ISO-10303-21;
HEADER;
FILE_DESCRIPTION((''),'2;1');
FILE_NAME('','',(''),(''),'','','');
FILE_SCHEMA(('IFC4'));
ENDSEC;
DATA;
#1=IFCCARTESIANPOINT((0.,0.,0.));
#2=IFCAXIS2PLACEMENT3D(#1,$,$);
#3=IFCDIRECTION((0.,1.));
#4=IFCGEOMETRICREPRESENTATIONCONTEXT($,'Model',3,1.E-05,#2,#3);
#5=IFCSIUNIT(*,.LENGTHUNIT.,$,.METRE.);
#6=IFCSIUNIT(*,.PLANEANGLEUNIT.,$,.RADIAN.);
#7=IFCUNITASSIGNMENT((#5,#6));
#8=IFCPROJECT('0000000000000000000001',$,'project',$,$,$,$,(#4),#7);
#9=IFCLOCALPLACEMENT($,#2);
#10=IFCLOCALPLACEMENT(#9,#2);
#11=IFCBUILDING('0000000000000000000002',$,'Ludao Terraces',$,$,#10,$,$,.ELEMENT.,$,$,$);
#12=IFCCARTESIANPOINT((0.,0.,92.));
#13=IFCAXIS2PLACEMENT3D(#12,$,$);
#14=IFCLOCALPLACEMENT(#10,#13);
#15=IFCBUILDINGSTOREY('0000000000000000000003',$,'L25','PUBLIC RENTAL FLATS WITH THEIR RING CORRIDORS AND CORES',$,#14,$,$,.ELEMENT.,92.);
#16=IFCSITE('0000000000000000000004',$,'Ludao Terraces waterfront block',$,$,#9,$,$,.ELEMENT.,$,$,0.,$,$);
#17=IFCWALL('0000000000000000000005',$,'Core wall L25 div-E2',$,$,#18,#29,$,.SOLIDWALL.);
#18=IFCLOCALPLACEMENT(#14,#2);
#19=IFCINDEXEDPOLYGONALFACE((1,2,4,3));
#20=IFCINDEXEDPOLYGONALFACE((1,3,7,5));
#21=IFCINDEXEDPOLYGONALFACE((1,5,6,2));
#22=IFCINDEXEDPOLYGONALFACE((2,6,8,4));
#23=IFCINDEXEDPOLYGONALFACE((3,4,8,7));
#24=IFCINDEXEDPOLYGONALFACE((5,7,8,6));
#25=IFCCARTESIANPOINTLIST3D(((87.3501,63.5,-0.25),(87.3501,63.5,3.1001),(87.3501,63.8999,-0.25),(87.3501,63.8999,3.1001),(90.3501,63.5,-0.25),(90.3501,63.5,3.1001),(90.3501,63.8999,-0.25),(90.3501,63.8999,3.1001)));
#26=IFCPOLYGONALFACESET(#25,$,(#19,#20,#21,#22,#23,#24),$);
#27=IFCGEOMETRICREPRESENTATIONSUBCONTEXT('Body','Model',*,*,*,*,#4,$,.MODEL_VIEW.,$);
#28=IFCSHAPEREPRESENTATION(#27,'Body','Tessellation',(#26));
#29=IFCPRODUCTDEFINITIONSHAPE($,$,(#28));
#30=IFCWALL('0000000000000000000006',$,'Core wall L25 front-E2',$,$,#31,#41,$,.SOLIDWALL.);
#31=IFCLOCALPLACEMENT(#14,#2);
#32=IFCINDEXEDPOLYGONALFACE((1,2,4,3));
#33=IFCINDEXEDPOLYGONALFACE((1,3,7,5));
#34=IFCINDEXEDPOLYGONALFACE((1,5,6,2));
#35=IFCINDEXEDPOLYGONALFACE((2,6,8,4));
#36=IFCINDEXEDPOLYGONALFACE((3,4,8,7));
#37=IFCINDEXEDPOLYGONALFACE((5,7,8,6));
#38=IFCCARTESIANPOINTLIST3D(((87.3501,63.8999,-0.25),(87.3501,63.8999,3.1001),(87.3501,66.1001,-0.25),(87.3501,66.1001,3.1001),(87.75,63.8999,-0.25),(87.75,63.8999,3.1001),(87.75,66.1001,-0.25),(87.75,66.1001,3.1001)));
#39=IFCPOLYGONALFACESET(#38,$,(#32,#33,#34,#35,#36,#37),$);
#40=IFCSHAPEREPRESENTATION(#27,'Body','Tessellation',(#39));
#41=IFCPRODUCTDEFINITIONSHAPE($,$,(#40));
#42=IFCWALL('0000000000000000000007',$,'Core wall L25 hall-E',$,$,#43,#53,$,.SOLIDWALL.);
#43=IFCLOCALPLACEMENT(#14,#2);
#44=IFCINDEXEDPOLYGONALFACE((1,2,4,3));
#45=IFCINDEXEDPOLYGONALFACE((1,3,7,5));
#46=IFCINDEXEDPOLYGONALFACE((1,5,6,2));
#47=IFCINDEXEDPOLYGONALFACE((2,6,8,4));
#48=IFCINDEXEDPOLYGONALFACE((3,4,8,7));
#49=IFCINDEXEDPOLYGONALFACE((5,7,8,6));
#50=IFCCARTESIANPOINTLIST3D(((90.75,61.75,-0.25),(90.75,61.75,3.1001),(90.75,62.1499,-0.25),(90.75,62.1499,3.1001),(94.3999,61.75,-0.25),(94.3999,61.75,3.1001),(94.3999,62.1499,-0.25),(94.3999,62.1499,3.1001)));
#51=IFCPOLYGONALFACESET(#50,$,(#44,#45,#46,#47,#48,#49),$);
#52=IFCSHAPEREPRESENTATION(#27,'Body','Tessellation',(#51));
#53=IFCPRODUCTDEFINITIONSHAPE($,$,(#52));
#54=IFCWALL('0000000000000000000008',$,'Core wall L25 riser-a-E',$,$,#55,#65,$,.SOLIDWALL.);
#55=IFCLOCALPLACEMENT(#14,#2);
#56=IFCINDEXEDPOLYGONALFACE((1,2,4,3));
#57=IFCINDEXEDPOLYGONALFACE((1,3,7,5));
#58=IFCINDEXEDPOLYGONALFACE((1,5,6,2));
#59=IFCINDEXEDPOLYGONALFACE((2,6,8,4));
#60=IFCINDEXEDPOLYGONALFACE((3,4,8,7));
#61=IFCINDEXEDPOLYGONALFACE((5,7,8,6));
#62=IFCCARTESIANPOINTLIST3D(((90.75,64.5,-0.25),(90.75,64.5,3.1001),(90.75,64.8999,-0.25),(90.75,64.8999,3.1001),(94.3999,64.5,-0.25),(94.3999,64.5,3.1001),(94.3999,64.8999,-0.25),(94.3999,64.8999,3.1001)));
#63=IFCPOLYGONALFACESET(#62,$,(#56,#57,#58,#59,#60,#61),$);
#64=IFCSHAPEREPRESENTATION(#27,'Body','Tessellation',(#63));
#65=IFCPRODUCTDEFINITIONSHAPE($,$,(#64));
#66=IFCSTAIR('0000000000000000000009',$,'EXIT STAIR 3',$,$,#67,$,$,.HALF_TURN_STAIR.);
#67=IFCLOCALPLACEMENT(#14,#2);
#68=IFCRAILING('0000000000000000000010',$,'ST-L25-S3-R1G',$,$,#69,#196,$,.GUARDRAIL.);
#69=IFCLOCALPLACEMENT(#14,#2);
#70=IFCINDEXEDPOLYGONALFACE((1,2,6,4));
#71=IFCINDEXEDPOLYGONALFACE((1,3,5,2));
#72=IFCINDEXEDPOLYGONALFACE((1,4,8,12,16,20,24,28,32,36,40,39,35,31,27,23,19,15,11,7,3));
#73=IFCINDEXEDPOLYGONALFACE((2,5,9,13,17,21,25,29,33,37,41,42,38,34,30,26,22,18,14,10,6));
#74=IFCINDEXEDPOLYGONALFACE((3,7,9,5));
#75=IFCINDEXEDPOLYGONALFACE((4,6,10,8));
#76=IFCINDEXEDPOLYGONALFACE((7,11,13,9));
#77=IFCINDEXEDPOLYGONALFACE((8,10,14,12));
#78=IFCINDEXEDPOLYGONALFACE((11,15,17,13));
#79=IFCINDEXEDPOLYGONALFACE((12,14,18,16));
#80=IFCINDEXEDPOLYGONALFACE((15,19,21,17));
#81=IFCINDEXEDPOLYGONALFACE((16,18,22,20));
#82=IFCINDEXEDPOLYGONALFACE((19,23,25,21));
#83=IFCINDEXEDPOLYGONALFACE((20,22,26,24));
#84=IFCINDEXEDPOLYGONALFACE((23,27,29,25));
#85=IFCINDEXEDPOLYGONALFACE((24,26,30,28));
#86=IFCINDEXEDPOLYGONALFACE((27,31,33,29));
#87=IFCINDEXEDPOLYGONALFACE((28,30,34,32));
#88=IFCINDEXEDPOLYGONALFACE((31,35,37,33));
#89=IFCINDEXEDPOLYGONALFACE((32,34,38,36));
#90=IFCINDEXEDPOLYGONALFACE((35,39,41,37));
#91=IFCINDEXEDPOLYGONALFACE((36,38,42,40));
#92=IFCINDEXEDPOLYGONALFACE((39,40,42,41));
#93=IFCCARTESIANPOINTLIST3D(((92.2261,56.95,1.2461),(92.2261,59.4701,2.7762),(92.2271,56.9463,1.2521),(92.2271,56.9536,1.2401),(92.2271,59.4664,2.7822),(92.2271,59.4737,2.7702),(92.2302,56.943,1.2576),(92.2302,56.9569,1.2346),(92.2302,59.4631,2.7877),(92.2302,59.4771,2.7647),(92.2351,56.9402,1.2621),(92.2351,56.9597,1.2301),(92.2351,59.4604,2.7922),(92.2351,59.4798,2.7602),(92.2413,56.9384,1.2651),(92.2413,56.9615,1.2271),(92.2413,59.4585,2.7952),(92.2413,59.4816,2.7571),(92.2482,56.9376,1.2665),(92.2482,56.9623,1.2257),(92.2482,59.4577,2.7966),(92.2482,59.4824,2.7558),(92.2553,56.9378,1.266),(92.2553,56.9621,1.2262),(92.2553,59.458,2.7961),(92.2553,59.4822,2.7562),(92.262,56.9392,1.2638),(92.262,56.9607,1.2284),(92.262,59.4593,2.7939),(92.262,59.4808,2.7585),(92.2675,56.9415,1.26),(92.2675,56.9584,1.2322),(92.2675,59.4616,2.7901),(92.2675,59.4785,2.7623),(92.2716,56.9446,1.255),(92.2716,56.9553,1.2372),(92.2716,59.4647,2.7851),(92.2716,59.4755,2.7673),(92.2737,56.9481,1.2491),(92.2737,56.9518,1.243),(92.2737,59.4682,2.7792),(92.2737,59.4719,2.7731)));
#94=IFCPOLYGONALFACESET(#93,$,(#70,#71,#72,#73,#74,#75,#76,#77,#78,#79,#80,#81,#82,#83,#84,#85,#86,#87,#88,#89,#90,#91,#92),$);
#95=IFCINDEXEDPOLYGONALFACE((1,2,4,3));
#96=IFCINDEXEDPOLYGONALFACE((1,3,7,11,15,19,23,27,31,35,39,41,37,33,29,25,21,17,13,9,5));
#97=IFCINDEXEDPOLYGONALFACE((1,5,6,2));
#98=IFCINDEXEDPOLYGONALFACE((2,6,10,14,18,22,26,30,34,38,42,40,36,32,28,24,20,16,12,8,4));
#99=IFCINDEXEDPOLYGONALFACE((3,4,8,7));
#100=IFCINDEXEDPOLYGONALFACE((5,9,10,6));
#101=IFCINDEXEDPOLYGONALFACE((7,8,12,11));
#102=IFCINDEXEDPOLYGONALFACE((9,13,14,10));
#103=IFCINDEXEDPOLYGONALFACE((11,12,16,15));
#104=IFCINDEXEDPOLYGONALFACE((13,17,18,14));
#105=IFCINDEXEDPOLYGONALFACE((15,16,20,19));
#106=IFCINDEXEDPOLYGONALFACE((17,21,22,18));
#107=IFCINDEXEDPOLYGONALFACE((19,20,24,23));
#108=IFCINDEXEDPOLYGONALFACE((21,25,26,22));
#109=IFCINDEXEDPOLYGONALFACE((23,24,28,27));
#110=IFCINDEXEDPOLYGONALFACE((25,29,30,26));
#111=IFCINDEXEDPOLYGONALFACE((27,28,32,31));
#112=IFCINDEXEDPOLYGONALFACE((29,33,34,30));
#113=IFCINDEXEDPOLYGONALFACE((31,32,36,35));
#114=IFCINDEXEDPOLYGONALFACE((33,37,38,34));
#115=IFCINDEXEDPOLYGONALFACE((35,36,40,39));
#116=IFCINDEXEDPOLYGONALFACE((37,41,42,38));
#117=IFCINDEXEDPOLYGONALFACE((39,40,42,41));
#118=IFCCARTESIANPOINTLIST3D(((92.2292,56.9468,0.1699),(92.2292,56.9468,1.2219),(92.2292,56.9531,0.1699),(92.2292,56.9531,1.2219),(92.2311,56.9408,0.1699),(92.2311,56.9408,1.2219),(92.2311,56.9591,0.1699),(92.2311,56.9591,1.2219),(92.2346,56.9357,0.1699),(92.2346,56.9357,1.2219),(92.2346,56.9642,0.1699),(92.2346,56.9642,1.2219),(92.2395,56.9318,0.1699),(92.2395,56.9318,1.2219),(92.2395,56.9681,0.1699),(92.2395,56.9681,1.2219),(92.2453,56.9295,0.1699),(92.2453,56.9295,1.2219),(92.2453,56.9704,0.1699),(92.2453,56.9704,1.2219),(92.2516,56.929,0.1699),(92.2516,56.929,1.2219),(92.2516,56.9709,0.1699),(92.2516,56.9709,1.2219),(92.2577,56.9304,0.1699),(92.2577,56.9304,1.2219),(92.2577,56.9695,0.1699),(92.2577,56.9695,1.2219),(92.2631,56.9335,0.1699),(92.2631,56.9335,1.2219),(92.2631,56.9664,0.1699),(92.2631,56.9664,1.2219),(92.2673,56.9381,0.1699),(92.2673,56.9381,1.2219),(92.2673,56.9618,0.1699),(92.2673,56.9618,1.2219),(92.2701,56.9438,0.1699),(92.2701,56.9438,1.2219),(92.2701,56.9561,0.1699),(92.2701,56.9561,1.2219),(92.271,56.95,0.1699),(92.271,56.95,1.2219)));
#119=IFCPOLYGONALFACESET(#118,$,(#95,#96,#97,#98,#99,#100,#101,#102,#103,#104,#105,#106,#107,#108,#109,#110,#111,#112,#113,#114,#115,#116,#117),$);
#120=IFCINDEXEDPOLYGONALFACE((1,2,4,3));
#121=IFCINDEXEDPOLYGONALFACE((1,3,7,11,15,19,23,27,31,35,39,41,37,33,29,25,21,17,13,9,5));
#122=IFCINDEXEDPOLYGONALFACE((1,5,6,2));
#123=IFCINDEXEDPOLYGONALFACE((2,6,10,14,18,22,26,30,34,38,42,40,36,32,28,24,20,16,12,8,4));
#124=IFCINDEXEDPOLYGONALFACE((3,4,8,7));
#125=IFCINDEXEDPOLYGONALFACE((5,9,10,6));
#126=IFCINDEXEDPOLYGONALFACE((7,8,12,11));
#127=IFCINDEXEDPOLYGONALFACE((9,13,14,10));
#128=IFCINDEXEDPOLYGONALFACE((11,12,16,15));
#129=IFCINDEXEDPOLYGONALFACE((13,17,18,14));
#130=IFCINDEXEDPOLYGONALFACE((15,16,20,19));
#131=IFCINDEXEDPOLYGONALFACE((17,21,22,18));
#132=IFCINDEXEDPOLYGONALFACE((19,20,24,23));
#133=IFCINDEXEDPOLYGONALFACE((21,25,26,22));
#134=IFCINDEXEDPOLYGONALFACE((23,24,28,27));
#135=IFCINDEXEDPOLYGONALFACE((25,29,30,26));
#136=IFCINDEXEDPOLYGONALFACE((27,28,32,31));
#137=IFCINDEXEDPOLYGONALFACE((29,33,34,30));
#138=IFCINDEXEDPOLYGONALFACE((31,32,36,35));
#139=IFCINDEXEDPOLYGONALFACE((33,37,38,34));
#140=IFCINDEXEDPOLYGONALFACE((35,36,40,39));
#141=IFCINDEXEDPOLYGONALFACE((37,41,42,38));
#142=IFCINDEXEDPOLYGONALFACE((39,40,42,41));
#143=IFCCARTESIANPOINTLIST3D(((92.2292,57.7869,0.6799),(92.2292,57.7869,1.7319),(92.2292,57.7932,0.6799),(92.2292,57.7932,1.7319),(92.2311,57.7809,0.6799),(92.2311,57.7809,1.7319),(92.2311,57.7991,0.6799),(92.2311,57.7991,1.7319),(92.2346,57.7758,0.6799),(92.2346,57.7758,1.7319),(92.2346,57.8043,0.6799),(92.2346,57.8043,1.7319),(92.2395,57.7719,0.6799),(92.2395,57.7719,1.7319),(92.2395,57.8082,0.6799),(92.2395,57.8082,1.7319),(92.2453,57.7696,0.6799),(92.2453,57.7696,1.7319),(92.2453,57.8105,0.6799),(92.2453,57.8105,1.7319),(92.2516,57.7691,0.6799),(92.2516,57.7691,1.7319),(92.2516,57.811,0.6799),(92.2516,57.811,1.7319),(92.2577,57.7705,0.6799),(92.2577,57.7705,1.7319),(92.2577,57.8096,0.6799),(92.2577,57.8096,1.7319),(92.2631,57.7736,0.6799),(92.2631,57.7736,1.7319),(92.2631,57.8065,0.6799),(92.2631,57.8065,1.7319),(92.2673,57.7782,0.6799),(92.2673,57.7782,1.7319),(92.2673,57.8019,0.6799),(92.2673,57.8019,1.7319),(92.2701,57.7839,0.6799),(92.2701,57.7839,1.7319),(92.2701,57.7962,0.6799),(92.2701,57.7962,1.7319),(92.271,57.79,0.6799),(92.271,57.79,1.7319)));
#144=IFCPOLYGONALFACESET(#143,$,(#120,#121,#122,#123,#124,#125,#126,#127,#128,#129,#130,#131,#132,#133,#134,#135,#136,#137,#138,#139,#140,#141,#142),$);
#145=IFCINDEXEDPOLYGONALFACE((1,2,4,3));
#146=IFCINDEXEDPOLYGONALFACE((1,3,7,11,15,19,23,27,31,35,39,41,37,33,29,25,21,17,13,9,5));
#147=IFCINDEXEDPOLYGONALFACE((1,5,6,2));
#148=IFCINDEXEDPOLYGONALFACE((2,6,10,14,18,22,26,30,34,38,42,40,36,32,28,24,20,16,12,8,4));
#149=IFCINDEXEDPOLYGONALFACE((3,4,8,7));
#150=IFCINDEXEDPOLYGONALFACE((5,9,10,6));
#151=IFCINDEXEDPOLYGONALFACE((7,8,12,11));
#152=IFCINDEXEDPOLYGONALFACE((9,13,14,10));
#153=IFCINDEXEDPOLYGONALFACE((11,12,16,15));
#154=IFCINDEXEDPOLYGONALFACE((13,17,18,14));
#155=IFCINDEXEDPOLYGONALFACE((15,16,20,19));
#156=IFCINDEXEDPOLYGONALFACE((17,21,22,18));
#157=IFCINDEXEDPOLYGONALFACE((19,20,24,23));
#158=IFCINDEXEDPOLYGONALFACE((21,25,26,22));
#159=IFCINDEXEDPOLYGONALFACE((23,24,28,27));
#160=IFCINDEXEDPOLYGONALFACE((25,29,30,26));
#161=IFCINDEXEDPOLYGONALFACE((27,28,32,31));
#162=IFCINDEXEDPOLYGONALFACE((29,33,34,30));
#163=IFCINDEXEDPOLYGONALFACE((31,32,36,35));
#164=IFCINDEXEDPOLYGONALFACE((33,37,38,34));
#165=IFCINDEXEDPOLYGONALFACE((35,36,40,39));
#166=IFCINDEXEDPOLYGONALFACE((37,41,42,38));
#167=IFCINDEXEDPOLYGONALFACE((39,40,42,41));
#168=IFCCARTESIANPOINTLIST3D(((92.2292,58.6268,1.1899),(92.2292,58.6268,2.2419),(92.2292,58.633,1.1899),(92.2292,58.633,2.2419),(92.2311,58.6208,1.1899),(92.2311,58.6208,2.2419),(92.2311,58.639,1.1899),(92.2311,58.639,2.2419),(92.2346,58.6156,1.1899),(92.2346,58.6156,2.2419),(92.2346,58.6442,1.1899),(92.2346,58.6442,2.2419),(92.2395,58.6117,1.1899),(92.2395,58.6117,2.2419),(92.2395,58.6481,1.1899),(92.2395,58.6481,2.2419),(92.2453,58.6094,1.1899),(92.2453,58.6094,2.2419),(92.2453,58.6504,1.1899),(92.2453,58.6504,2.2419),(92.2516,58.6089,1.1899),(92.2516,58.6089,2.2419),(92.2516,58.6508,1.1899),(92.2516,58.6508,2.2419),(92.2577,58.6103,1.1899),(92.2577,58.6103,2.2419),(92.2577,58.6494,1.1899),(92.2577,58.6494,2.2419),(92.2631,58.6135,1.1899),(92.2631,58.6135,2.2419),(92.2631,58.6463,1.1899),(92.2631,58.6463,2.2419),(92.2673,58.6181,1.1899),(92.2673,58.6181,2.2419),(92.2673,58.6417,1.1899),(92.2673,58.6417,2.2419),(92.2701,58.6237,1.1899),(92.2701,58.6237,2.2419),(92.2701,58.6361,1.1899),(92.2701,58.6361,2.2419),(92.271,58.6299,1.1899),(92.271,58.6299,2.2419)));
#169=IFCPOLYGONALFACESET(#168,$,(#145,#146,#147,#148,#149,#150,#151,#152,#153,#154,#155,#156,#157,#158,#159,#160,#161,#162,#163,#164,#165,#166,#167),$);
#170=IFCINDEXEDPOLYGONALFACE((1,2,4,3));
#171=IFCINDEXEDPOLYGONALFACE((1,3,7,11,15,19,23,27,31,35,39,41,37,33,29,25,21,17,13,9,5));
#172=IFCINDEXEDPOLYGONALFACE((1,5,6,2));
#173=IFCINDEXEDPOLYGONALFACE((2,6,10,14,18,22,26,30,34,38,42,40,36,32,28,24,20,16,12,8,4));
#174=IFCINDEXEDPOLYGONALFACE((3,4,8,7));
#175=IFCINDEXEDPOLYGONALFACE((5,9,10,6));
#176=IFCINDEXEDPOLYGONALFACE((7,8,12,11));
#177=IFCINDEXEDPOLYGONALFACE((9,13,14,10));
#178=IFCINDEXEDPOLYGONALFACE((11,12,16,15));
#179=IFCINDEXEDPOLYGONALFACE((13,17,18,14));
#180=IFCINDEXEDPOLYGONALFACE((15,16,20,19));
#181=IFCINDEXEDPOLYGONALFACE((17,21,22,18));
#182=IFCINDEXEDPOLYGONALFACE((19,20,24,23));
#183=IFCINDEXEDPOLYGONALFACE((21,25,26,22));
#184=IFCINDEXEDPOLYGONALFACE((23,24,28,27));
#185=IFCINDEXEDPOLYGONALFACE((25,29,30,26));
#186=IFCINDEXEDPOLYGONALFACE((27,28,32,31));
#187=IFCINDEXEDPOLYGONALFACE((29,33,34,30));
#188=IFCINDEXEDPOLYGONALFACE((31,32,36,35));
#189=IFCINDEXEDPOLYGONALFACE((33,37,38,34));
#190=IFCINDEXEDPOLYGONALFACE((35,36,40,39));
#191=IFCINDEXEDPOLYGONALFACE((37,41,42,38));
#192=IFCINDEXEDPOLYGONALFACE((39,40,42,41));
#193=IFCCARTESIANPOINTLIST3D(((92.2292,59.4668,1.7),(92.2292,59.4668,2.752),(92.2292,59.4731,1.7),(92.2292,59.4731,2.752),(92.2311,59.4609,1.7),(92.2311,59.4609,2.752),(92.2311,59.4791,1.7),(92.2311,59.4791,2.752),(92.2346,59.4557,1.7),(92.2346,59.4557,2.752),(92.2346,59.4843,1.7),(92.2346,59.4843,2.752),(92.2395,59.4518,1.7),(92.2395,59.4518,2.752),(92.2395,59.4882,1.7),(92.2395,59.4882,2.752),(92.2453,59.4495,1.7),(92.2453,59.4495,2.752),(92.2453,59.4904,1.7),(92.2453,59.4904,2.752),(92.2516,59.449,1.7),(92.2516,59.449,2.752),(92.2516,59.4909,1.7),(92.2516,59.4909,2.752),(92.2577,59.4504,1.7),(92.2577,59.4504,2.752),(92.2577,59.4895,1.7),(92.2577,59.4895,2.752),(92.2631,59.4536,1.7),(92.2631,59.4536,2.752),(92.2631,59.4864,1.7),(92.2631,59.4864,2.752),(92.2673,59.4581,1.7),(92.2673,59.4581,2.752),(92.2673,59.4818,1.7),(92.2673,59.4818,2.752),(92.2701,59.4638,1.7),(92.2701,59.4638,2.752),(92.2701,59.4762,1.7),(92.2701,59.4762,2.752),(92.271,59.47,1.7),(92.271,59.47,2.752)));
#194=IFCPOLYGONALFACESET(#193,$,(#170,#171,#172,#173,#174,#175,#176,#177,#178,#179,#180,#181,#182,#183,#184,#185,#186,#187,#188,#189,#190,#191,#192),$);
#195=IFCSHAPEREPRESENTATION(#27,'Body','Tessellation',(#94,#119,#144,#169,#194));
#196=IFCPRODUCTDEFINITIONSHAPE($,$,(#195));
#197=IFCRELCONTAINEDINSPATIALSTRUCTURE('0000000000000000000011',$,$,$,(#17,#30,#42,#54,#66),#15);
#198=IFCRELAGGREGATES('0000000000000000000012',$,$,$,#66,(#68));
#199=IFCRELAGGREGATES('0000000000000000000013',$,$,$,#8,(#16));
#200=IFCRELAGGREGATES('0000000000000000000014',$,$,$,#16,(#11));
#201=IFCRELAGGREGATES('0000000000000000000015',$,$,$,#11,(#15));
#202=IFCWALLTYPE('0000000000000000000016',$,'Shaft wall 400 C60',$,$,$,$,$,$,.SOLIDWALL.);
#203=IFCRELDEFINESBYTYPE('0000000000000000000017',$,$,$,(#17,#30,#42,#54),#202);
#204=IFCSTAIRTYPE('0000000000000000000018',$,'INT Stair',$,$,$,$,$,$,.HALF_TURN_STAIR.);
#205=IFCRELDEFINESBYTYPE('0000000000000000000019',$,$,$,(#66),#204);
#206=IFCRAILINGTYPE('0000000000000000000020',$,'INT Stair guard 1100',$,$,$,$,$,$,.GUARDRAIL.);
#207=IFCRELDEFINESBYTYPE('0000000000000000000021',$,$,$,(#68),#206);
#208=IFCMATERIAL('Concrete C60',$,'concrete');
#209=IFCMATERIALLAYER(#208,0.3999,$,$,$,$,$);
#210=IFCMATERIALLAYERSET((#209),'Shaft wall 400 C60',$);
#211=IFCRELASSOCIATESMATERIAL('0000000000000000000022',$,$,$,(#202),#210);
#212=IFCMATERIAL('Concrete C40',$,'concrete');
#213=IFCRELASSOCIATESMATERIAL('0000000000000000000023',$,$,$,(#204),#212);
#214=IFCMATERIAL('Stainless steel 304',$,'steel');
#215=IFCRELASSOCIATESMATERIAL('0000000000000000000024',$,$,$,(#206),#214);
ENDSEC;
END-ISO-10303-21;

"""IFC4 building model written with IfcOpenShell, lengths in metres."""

from ifc_helpers import new_model, si_unit, direction, frame, frame_2d, origin, origin_2d, place, context, subcontext, project, spatial, rectangle, circle, extrude, material, layer, layer_set, type_object, element, aggregate, save


model = new_model("IFC4")

# Units and contexts
model_context = context("Model", 3, precision=1e-05, world=origin(), true_north=direction((0.0, 1.0)))
body_context = subcontext(model_context, "Body", "Model", "MODEL_VIEW")
ifc_project = project(units=[si_unit("LENGTHUNIT", "METRE"), si_unit("PLANEANGLEUNIT", "RADIAN")], contexts=[model_context])

# Site, building, storey
site_placement = place(None, origin())
site = spatial("IfcSite", under=ifc_project, at=site_placement, Name="Ludao Terraces waterfront block", CompositionType="ELEMENT", RefElevation=0.0)
building_placement = place(site_placement, origin())
building = spatial("IfcBuilding", under=site, at=building_placement, Name="Ludao Terraces", CompositionType="ELEMENT")
storey_placement = place(building_placement, frame((0.0, 0.0, 92.0)))
storey = spatial("IfcBuildingStorey", under=building, at=storey_placement, Name="L25", Description="PUBLIC RENTAL FLATS WITH THEIR RING CORRIDORS AND CORES", CompositionType="ELEMENT", Elevation=92.0)

# Shared definitions
ifc_material_1 = material(Name="Concrete C40", Category="concrete")

# Walls
ifc_material_2 = material(Name="Concrete C60", Category="concrete")
ifc_layer_1 = layer(ifc_material_2, 0.3999)
ifc_layer_set_1 = layer_set([ifc_layer_1], Name="Shaft wall 400 C60")
wall_type_1 = type_object("IfcWallType", Name="Shaft wall 400 C60", PredefinedType="SOLIDWALL", material=ifc_layer_set_1)
wall_1_placement = place(storey_placement, frame((87.3501, 63.7, -0.25), z_axis=(0.0, 0.0, 1.0), x_axis=(1.0, 0.0, 0.0)))
element("IfcWall", 1, at=wall_1_placement, inside=storey, type_object=wall_type_1, Name="Core wall L25 div-E2", PredefinedType="SOLIDWALL", context=body_context, shape_type="SweptSolid", body=[
    extrude(rectangle(XDim=3.0, YDim=0.3999, at=frame_2d((1.5, 0.0))), origin(), (0.0, 0.0, 1.0), 3.3501),
])
wall_2_placement = place(storey_placement, frame((87.55, 63.8999, -0.25), z_axis=(0.0, 0.0, 1.0), x_axis=(0.0, 1.0, 0.0)))
element("IfcWall", 2, at=wall_2_placement, inside=storey, type_object=wall_type_1, Name="Core wall L25 front-E2", PredefinedType="SOLIDWALL", context=body_context, shape_type="SweptSolid", body=[
    extrude(rectangle(XDim=2.2002, YDim=0.3999, at=frame_2d((1.1001, 0.0))), origin(), (0.0, 0.0, 1.0), 3.3501),
])
for number, where, z_axis, x_axis, name in (
    (3, (90.75, 61.95, -0.25), (0.0, 0.0, 1.0), (1.0, 0.0, 0.0), "Core wall L25 hall-E"),
    (4, (90.75, 64.7, -0.25), (0.0, 0.0, 1.0), (1.0, 0.0, 0.0), "Core wall L25 riser-a-E"),
):
    element("IfcWall", number, at=place(storey_placement, frame(where, z_axis=z_axis, x_axis=x_axis)), inside=storey, type_object=wall_type_1, Name=name, PredefinedType="SOLIDWALL", context=body_context, shape_type="SweptSolid", body=[
        extrude(rectangle(XDim=3.6499, YDim=0.3999, at=frame_2d((1.825, 0.0))), origin(), (0.0, 0.0, 1.0), 3.3501),
    ])

# Stair, railing
stair_type = type_object("IfcStairType", Name="INT Stair", PredefinedType="HALF_TURN_STAIR", material=ifc_material_1)
stair_placement = place(storey_placement, origin())
stair = element("IfcStair", 5, at=stair_placement, inside=storey, type_object=stair_type, Name="EXIT STAIR 3", PredefinedType="HALF_TURN_STAIR")
ifc_material_3 = material(Name="Stainless steel 304", Category="steel")
railing_type_1 = type_object("IfcRailingType", Name="INT Stair guard 1100", PredefinedType="GUARDRAIL", material=ifc_material_3)
railing_1_placement = place(storey_placement, frame((92.25, 56.95, 0.1699)))
railing_1 = element("IfcRailing", 6, at=railing_1_placement, type_object=railing_type_1, Name="ST-L25-S3-R1G", PredefinedType="GUARDRAIL", context=body_context, shape_type="SweptSolid", body=[
    extrude(circle(Radius=0.0239, at=origin_2d()), frame((0.0, 0.0, 1.0762), z_axis=(0.0, 0.854785, 0.518982), x_axis=(-1.0, 0.0, 0.0)), (0.0, 0.0, 1.0), 2.9482),
    extrude(circle(Radius=0.021, at=origin_2d()), origin(), (0.0, 0.0, 1.0), 1.052),
    extrude(circle(Radius=0.021, at=origin_2d()), frame((0.0, 0.8401, 0.51)), (0.0, 0.0, 1.0), 1.052),
    extrude(circle(Radius=0.021, at=origin_2d()), frame((0.0, 1.6799, 1.02)), (0.0, 0.0, 1.0), 1.052),
    extrude(circle(Radius=0.021, at=origin_2d()), frame((0.0, 2.52, 1.53)), (0.0, 0.0, 1.0), 1.052),
])
aggregate(stair, [railing_1])

save(model, "model.ifc")
